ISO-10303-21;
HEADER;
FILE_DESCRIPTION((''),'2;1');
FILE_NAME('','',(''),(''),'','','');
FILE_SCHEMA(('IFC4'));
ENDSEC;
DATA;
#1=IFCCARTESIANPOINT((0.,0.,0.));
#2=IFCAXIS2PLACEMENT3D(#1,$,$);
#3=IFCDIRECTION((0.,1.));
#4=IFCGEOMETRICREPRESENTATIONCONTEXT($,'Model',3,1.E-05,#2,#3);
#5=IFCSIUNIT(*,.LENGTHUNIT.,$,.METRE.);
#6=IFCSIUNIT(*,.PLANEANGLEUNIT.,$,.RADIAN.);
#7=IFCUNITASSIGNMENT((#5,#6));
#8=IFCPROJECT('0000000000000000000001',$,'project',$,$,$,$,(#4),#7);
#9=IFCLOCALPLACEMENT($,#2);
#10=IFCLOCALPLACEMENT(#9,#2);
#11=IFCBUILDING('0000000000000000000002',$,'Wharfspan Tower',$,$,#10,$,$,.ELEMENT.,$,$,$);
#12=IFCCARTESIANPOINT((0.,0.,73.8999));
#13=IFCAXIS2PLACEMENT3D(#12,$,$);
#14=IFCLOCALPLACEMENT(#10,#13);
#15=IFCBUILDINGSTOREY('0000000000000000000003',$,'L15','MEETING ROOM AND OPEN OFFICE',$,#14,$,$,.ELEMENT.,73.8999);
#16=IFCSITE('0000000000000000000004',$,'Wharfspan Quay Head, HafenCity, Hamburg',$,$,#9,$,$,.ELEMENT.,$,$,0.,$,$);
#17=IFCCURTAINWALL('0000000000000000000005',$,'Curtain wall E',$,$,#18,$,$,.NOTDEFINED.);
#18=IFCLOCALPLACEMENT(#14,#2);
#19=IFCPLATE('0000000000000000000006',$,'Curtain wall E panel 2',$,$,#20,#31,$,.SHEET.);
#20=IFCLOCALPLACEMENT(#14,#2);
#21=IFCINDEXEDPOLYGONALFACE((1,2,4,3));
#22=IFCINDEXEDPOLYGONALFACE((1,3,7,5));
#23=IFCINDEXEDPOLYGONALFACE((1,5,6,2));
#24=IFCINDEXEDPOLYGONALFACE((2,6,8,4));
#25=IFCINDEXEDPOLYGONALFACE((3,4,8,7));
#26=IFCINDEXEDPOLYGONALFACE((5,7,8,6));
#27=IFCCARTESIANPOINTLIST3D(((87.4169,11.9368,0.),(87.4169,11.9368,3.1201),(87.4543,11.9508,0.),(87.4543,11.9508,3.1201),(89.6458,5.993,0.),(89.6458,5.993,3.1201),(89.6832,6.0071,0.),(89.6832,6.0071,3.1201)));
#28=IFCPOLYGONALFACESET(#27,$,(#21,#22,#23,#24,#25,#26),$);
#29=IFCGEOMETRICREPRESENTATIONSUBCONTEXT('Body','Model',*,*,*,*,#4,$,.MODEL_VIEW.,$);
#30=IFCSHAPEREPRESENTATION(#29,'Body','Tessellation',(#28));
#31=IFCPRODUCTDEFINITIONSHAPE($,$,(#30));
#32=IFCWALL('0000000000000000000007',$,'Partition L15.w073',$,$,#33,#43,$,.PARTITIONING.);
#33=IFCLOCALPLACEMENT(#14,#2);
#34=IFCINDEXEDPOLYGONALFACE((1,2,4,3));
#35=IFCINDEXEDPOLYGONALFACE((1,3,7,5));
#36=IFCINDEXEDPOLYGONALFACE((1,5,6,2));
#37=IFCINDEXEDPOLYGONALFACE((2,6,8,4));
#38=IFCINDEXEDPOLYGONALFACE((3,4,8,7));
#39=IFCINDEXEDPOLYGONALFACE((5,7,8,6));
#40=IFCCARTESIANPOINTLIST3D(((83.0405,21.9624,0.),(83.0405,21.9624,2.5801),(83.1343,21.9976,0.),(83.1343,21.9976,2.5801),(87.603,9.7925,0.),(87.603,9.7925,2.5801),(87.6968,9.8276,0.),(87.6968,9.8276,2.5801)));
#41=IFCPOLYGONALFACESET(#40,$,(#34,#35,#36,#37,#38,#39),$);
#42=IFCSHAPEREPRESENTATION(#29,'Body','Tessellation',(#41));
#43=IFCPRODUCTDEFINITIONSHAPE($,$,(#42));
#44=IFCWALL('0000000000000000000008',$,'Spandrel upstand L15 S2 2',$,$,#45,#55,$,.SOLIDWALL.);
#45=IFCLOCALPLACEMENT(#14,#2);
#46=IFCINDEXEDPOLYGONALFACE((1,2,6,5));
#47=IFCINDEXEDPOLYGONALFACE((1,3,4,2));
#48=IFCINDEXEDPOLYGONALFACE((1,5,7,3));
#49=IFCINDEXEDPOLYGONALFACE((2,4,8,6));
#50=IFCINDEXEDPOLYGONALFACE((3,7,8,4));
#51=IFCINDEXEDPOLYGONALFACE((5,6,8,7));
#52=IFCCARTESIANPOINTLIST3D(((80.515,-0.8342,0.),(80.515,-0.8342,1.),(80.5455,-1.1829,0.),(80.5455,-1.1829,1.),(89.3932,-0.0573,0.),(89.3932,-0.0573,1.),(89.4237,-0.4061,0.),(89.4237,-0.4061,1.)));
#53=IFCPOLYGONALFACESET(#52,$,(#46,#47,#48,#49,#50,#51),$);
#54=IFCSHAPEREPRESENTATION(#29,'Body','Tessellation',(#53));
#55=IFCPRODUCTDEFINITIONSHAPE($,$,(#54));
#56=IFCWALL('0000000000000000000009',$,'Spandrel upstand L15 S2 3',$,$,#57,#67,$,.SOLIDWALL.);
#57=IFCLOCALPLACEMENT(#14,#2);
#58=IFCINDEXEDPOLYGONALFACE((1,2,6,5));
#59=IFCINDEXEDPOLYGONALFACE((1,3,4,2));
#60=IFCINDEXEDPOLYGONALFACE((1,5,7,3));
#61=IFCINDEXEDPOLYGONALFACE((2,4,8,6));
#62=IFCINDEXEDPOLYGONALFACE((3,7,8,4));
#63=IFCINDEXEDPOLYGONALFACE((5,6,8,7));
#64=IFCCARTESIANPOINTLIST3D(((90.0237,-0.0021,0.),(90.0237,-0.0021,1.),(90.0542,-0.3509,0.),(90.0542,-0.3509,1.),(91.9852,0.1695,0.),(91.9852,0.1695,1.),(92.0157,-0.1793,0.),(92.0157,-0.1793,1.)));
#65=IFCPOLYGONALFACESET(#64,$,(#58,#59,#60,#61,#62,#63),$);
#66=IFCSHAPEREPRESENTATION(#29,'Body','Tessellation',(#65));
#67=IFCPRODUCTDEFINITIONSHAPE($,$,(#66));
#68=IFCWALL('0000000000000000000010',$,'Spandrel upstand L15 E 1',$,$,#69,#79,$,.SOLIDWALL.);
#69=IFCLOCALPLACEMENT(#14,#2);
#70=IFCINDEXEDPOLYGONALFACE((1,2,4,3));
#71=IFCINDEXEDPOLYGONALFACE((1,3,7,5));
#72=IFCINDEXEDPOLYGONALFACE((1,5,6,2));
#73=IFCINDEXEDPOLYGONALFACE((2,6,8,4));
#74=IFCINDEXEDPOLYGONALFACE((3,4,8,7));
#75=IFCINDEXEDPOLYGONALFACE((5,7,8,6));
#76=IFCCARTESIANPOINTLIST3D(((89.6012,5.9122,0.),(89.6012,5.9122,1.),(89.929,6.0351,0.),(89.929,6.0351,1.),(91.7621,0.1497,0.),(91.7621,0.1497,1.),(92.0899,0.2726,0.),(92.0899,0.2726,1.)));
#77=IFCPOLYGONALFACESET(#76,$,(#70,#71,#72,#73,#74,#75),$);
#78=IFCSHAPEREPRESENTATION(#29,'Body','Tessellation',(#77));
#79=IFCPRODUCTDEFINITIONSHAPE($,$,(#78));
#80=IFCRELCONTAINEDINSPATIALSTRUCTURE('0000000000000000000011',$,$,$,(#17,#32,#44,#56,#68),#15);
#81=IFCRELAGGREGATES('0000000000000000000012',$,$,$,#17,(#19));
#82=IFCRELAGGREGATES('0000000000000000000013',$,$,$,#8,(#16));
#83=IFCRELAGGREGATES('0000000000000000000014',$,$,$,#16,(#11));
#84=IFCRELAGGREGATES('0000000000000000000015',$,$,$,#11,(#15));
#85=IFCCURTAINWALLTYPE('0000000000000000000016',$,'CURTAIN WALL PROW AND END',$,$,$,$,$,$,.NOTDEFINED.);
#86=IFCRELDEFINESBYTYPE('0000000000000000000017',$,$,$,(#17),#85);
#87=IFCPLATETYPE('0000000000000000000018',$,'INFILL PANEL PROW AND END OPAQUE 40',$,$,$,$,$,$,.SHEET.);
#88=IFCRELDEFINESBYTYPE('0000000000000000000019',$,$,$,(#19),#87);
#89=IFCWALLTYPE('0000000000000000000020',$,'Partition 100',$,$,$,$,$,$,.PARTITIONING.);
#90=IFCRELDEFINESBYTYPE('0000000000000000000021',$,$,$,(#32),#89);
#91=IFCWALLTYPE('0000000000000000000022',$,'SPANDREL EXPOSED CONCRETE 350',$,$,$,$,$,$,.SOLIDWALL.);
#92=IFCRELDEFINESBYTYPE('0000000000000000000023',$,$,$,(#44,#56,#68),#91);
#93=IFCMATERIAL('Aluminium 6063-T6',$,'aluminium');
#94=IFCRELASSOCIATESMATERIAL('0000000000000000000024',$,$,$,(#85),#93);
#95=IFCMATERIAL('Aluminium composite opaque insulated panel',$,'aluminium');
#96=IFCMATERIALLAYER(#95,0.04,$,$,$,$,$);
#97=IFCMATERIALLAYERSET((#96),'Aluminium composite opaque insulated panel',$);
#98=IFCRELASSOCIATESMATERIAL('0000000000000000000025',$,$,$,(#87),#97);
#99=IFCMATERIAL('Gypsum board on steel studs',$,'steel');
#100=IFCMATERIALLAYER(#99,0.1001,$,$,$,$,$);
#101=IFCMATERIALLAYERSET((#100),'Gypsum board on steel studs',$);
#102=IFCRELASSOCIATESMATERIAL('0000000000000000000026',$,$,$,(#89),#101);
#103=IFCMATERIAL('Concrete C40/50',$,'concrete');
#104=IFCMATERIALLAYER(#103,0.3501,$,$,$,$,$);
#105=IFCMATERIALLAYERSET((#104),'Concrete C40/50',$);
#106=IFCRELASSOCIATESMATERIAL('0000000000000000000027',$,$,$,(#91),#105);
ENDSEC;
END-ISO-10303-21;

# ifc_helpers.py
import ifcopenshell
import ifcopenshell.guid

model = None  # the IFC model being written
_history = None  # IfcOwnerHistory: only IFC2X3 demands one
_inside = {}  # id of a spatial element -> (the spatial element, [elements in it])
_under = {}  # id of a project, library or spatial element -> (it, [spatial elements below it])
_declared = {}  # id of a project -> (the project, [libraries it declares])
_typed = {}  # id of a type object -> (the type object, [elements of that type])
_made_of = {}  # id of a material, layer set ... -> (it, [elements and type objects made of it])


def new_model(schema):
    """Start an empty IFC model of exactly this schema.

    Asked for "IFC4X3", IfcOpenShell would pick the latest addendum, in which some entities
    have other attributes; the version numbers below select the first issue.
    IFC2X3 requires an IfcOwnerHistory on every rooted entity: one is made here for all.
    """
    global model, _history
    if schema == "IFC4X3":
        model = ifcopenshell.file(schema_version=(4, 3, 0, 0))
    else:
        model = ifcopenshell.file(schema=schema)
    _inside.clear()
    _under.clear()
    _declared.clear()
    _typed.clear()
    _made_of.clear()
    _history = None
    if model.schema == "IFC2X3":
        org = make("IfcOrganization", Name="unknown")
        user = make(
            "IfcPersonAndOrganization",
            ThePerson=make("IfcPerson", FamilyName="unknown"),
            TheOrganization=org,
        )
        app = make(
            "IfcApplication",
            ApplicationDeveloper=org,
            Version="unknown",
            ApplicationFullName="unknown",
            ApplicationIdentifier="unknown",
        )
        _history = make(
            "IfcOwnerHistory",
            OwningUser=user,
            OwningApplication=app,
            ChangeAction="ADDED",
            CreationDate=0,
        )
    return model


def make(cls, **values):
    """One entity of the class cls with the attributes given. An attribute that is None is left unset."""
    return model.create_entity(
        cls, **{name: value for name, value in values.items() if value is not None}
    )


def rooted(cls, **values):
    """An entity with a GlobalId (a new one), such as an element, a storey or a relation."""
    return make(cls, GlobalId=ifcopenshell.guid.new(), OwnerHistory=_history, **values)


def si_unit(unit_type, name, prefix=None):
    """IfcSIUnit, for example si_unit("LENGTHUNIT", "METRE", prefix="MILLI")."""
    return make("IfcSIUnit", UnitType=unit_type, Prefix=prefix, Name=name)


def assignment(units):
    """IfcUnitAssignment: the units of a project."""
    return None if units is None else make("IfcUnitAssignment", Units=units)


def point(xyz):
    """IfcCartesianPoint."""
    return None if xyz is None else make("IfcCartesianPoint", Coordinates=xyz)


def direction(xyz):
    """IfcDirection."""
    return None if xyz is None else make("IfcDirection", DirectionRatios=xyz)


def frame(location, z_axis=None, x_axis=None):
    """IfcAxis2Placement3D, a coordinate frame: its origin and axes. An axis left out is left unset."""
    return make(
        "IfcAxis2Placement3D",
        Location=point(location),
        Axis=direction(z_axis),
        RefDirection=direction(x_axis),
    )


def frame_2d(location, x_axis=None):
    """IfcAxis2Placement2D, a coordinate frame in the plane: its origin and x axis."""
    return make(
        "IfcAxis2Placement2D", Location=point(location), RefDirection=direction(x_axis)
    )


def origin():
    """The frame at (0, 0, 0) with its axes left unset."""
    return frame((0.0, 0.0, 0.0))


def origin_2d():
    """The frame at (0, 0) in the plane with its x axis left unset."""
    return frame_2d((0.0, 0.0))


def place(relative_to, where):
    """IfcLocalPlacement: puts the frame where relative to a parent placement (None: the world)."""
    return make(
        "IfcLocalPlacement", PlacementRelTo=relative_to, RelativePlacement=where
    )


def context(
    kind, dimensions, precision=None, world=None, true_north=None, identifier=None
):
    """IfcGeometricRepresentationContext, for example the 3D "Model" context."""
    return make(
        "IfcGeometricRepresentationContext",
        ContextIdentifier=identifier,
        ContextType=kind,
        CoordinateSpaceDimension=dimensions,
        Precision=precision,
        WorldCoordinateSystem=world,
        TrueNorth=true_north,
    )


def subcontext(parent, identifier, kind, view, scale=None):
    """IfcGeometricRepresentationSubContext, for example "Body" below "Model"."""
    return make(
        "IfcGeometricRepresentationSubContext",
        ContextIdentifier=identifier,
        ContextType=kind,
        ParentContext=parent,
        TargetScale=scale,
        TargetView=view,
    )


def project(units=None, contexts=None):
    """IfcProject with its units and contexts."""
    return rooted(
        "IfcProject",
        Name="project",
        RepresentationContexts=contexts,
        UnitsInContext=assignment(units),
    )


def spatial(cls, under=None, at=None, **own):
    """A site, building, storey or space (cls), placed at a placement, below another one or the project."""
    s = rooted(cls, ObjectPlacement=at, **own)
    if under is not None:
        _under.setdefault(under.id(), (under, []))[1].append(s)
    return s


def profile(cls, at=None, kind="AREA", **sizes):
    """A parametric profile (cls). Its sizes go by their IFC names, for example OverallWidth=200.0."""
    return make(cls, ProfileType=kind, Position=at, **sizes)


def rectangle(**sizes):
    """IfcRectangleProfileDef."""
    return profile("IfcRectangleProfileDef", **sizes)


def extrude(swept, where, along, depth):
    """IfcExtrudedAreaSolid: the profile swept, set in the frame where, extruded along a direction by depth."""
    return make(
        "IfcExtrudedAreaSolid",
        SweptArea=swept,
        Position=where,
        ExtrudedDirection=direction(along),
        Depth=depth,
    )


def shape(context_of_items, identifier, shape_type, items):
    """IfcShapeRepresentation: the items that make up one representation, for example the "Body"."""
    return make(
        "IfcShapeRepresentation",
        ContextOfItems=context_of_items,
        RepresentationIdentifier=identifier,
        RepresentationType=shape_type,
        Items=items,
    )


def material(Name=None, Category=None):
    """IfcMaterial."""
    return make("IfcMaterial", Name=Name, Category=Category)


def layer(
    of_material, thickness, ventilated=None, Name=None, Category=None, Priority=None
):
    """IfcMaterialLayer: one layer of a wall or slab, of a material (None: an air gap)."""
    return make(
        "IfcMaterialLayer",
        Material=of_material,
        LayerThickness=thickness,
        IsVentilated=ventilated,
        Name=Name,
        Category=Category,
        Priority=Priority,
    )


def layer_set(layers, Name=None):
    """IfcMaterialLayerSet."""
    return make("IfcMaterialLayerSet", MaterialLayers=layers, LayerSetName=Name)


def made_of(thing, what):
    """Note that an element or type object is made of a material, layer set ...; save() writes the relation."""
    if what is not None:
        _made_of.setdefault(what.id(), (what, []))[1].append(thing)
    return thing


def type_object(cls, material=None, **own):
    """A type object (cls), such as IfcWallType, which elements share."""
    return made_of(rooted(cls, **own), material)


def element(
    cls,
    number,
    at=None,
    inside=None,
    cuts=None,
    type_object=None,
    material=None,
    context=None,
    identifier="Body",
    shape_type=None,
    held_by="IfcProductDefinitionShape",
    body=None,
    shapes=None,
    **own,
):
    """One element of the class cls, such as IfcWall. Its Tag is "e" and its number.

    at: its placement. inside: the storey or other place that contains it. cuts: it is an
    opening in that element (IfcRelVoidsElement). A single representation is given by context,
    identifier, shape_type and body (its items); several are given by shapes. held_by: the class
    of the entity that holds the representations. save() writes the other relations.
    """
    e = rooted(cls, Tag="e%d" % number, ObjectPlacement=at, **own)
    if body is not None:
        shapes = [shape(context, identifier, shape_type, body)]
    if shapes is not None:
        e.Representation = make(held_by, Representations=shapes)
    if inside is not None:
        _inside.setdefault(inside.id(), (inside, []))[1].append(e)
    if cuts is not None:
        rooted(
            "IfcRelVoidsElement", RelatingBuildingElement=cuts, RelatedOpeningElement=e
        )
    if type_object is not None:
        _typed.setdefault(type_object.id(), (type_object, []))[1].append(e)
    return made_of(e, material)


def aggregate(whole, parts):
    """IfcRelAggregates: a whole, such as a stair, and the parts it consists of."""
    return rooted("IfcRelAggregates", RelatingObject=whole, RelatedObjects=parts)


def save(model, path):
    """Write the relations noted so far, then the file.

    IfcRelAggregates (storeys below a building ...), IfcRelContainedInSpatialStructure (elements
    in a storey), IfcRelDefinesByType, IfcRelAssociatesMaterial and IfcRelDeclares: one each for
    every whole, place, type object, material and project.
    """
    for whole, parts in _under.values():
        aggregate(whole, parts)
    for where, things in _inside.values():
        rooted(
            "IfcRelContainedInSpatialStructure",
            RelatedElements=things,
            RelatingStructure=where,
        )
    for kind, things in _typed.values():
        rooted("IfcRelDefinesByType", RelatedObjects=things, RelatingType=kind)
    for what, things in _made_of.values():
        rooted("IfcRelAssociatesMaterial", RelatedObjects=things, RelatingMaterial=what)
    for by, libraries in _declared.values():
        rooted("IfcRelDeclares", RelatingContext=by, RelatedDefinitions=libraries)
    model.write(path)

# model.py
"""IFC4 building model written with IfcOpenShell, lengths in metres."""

from ifc_helpers import new_model, si_unit, direction, frame, frame_2d, origin, origin_2d, place, context, subcontext, project, spatial, rectangle, extrude, material, layer, layer_set, type_object, element, aggregate, save


model = new_model("IFC4")

# Units and contexts
model_context = context("Model", 3, precision=1e-05, world=origin(), true_north=direction((0.0, 1.0)))
body_context = subcontext(model_context, "Body", "Model", "MODEL_VIEW")
ifc_project = project(units=[si_unit("LENGTHUNIT", "METRE"), si_unit("PLANEANGLEUNIT", "RADIAN")], contexts=[model_context])

# Site, building, storey
site_placement = place(None, origin())
site = spatial("IfcSite", under=ifc_project, at=site_placement, Name="Wharfspan Quay Head, HafenCity, Hamburg", CompositionType="ELEMENT", RefElevation=0.0)
building_placement = place(site_placement, origin())
building = spatial("IfcBuilding", under=site, at=building_placement, Name="Wharfspan Tower", CompositionType="ELEMENT")
storey_placement = place(building_placement, frame((0.0, 0.0, 73.8999)))
storey = spatial("IfcBuildingStorey", under=building, at=storey_placement, Name="L15", Description="MEETING ROOM AND OPEN OFFICE", CompositionType="ELEMENT", Elevation=73.8999)

# Curtain wall
ifc_material_1 = material(Name="Aluminium 6063-T6", Category="aluminium")
curtain_wall_type_1 = type_object("IfcCurtainWallType", Name="CURTAIN WALL PROW AND END", PredefinedType="NOTDEFINED", material=ifc_material_1)
curtain_wall_1_placement = place(storey_placement, origin())
curtain_wall_1 = element("IfcCurtainWall", 1, at=curtain_wall_1_placement, inside=storey, type_object=curtain_wall_type_1, Name="Curtain wall E", PredefinedType="NOTDEFINED")

# Plate
ifc_material_2 = material(Name="Aluminium composite opaque insulated panel", Category="aluminium")
ifc_layer_1 = layer(ifc_material_2, 0.04)
ifc_layer_set_1 = layer_set([ifc_layer_1], Name="Aluminium composite opaque insulated panel")
plate_type_1 = type_object("IfcPlateType", Name="INFILL PANEL PROW AND END OPAQUE 40", PredefinedType="SHEET", material=ifc_layer_set_1)
plate_1_placement = place(storey_placement, frame((88.55, 8.9719, 0.0), z_axis=(0.0, 0.0, 1.0), x_axis=(-0.351123, 0.936328, 0.0)))
plate_1 = element("IfcPlate", 2, at=plate_1_placement, type_object=plate_type_1, Name="Curtain wall E panel 2", PredefinedType="SHEET", context=body_context, shape_type="SweptSolid", body=[
    extrude(rectangle(XDim=6.3479, YDim=0.04, at=origin_2d()), origin(), (0.0, 0.0, 1.0), 3.1201),
])
aggregate(curtain_wall_1, [plate_1])

# Walls
ifc_material_3 = material(Name="Gypsum board on steel studs", Category="steel")
ifc_layer_2 = layer(ifc_material_3, 0.1001)
ifc_layer_set_2 = layer_set([ifc_layer_2], Name="Gypsum board on steel studs")
wall_type_1 = type_object("IfcWallType", Name="Partition 100", PredefinedType="PARTITIONING", material=ifc_layer_set_2)
wall_1_placement = place(storey_placement, frame((87.6499, 9.8101, 0.0), z_axis=(0.0, 0.0, 1.0), x_axis=(-0.35104, 0.936357, 0.0)))
element("IfcWall", 3, at=wall_1_placement, inside=storey, type_object=wall_type_1, Name="Partition L15.w073", PredefinedType="PARTITIONING", context=body_context, shape_type="SweptSolid", body=[
    extrude(rectangle(XDim=12.9971, YDim=0.1001, at=frame_2d((6.4985, 0.0))), origin(), (0.0, 0.0, 1.0), 2.5801),
])
ifc_material_4 = material(Name="Concrete C40/50", Category="concrete")
ifc_layer_3 = layer(ifc_material_4, 0.3501)
ifc_layer_set_3 = layer_set([ifc_layer_3], Name="Concrete C40/50")
wall_type_2 = type_object("IfcWallType", Name="SPANDREL EXPOSED CONCRETE 350", PredefinedType="SOLIDWALL", material=ifc_layer_set_3)
wall_2_placement = place(storey_placement, frame((80.5303, -1.0085, 0.0), z_axis=(0.0, 0.0, 1.0), x_axis=(0.996198, 0.087169, 0.0)))
element("IfcWall", 4, at=wall_2_placement, inside=storey, type_object=wall_type_2, Name="Spandrel upstand L15 S2 2", PredefinedType="SOLIDWALL", context=body_context, shape_type="SweptSolid", body=[
    extrude(rectangle(XDim=8.9121, YDim=0.3501, at=frame_2d((4.4561, 0.0))), origin(), (0.0, 0.0, 1.0), 1.0),
])
wall_3_placement = place(storey_placement, frame((90.0391, -0.1765, 0.0), z_axis=(0.0, 0.0, 1.0), x_axis=(0.996193, 0.08717, 0.0)))
element("IfcWall", 5, at=wall_3_placement, inside=storey, type_object=wall_type_2, Name="Spandrel upstand L15 S2 3", PredefinedType="SOLIDWALL", context=body_context, shape_type="SweptSolid", body=[
    extrude(rectangle(XDim=1.969, YDim=0.3501, at=frame_2d((0.9844, 0.0))), origin(), (0.0, 0.0, 1.0), 1.0),
])
wall_4_placement = place(storey_placement, frame((91.926, 0.2112, 0.0), z_axis=(0.0, 0.0, 1.0), x_axis=(-0.351118, 0.936328, 0.0)))
element("IfcWall", 6, at=wall_4_placement, inside=storey, type_object=wall_type_2, Name="Spandrel upstand L15 E 1", PredefinedType="SOLIDWALL", context=body_context, shape_type="SweptSolid", body=[
    extrude(rectangle(XDim=6.1543, YDim=0.3501, at=frame_2d((3.0771, 0.0))), origin(), (0.0, 0.0, 1.0), 1.0),
])

save(model, "model.ifc")
